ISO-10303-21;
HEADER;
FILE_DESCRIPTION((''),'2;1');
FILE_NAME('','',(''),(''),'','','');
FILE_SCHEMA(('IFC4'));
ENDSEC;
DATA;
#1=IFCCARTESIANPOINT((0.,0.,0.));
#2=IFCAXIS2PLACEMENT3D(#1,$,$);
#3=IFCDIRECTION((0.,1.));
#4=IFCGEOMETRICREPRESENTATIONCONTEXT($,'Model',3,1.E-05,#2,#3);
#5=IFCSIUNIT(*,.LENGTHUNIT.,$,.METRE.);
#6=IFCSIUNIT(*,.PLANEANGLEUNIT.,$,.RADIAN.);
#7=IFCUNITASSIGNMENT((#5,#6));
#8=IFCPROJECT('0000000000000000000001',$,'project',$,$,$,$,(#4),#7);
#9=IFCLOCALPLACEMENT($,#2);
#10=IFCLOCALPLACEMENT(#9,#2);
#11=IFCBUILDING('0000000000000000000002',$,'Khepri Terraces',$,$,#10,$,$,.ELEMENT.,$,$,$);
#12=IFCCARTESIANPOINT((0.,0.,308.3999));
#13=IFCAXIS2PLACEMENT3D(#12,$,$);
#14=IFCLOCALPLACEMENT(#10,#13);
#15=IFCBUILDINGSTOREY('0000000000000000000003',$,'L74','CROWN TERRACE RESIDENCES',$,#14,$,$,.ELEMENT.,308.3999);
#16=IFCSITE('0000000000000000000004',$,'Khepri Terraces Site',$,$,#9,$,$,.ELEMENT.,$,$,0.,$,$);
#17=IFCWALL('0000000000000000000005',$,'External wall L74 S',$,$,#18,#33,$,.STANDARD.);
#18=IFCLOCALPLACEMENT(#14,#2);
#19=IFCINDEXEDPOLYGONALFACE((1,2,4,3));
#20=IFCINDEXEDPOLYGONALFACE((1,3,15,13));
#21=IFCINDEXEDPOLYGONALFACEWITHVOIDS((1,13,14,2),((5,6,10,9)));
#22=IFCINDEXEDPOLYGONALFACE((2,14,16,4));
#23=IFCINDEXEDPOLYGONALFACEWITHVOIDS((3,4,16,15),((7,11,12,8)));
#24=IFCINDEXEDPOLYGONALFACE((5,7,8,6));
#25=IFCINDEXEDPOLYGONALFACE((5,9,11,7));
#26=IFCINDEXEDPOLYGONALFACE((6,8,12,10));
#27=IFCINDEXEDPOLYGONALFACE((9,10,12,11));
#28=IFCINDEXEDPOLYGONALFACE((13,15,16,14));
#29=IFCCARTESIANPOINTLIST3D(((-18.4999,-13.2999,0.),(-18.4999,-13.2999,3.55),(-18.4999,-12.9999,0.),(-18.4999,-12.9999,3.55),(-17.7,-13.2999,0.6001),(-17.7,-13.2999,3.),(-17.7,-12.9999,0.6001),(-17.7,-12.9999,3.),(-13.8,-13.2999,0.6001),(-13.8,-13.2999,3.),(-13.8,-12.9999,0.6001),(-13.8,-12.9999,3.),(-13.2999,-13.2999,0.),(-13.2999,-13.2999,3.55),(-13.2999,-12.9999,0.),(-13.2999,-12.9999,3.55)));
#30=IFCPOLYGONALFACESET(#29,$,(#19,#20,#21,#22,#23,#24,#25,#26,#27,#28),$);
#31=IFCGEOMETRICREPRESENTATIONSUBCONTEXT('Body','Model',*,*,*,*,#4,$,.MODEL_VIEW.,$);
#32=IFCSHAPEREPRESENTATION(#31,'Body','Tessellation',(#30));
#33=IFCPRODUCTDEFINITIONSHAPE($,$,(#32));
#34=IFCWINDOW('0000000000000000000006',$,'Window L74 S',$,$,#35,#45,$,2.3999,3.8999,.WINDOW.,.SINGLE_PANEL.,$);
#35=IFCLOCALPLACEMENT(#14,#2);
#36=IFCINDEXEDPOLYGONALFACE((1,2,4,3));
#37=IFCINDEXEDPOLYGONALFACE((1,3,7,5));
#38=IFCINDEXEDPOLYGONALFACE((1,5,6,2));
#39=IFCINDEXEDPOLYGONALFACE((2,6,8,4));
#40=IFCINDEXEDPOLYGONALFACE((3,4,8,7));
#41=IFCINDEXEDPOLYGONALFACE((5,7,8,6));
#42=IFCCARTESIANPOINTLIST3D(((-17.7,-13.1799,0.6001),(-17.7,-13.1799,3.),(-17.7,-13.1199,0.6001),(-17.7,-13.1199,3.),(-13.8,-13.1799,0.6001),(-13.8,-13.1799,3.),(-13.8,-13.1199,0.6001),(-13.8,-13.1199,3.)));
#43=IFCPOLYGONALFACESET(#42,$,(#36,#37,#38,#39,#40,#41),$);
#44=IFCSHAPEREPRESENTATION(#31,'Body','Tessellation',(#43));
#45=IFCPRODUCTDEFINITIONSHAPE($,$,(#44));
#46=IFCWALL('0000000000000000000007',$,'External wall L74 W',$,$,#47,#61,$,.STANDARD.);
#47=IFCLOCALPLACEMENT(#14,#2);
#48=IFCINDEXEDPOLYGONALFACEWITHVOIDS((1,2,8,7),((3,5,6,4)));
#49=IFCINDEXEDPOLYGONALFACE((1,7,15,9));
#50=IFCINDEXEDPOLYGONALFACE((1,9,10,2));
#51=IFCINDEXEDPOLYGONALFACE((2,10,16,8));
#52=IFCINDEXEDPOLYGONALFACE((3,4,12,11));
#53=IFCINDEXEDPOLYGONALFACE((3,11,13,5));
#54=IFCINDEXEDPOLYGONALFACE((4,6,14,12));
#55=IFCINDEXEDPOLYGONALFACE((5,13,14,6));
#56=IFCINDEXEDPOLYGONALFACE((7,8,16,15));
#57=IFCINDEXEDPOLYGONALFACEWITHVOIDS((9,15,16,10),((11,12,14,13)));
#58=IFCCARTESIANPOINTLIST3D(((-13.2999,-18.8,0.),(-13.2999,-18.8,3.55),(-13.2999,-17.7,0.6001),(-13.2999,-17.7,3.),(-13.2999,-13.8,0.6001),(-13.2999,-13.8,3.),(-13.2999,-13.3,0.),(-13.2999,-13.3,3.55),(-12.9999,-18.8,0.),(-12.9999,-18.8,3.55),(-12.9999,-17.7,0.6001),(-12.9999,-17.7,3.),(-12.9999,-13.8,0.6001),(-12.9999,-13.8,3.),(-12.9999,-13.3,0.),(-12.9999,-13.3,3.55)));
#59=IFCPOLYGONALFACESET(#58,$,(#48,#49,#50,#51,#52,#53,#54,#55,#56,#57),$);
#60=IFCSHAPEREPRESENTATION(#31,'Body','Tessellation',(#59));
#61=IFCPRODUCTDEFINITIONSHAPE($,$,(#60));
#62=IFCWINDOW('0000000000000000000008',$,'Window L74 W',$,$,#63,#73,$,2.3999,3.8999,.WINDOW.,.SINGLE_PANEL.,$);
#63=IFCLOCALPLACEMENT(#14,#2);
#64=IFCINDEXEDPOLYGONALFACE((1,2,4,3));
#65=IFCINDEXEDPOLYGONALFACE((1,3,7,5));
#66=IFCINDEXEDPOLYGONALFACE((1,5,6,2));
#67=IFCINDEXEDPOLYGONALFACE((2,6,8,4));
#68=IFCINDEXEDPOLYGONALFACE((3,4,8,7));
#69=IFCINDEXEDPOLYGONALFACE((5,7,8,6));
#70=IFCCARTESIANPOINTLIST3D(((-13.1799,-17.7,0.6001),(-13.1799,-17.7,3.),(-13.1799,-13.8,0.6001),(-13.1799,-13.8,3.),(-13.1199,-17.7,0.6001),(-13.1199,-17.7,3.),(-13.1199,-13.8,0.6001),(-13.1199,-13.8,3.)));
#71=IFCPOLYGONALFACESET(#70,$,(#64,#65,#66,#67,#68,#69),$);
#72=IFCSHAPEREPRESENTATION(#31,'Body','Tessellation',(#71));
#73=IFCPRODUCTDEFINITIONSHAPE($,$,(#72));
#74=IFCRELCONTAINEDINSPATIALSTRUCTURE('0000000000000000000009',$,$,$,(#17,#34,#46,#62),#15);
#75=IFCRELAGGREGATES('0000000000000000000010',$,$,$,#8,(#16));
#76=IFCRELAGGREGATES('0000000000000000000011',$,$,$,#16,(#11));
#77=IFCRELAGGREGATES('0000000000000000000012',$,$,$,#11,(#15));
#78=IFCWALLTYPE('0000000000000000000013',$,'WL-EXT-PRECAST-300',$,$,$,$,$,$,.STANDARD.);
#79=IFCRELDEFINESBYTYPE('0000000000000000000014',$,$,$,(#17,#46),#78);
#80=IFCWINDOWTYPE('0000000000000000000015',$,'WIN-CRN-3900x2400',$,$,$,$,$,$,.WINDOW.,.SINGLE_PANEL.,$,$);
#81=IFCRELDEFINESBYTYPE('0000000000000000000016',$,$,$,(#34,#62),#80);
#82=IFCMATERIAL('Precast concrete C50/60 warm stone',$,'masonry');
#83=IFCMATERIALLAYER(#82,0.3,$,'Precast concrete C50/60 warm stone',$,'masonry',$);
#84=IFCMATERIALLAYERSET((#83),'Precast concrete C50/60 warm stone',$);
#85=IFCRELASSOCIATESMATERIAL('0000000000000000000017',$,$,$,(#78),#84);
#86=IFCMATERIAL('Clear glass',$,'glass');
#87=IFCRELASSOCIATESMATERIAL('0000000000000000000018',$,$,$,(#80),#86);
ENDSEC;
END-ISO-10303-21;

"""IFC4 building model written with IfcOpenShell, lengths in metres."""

from ifc_helpers import new_model, si_unit, direction, frame, frame_2d, origin, place, context, subcontext, project, spatial, rectangle, extrude, material, layer, layer_set, type_object, element, fill, save


model = new_model("IFC4")

# Units and contexts
model_context = context("Model", 3, precision=1e-05, world=origin(), true_north=direction((0.0, 1.0)))
body_context = subcontext(model_context, "Body", "Model", "MODEL_VIEW")
ifc_project = project(units=[si_unit("LENGTHUNIT", "METRE"), si_unit("PLANEANGLEUNIT", "RADIAN")], contexts=[model_context])

# Site, building, storey
site_placement = place(None, origin())
site = spatial("IfcSite", under=ifc_project, at=site_placement, Name="Khepri Terraces Site", CompositionType="ELEMENT", RefElevation=0.0)
building_placement = place(site_placement, origin())
building = spatial("IfcBuilding", under=site, at=building_placement, Name="Khepri Terraces", CompositionType="ELEMENT")
storey_placement = place(building_placement, frame((0.0, 0.0, 308.3999)))
storey = spatial("IfcBuildingStorey", under=building, at=storey_placement, Name="L74", Description="CROWN TERRACE RESIDENCES", CompositionType="ELEMENT", Elevation=308.3999)

# Walls, openings, windows
ifc_material_1 = material(Name="Precast concrete C50/60 warm stone", Category="masonry")
ifc_layer_1 = layer(ifc_material_1, 0.3, Name="Precast concrete C50/60 warm stone", Category="masonry")
ifc_layer_set_1 = layer_set([ifc_layer_1], Name="Precast concrete C50/60 warm stone")
wall_type_1 = type_object("IfcWallType", Name="WL-EXT-PRECAST-300", PredefinedType="STANDARD", material=ifc_layer_set_1)
wall_1_placement = place(storey_placement, frame((-18.5, -13.1499, 0.0), z_axis=(0.0, 0.0, 1.0), x_axis=(1.0, 0.0, 0.0)))
wall_1 = element("IfcWall", 1, at=wall_1_placement, inside=storey, type_object=wall_type_1, Name="External wall L74 S", PredefinedType="STANDARD", context=body_context, shape_type="SweptSolid", body=[
    extrude(rectangle(XDim=5.2, YDim=0.3, at=frame_2d((2.6001, 0.0))), origin(), (0.0, 0.0, 1.0), 3.55),
])
opening_1_placement = place(wall_1_placement, frame((0.8, 0.0, 0.6001)))
opening_1 = element("IfcOpeningElement", 2, at=opening_1_placement, cuts=wall_1, PredefinedType="OPENING", context=body_context, shape_type="SweptSolid", body=[
    extrude(rectangle(XDim=3.8999, YDim=2.3999, at=frame_2d((1.95, 1.2))), frame((0.0, 0.1602, 0.0), z_axis=(0.0, -1.0, 0.0), x_axis=(1.0, 0.0, 0.0)), (0.0, 0.0, 1.0), 0.3201),
])
ifc_material_2 = material(Name="Clear glass", Category="glass")
window_type_1 = type_object("IfcWindowType", Name="WIN-CRN-3900x2400", PartitioningType="SINGLE_PANEL", PredefinedType="WINDOW", material=ifc_material_2)
window_1_placement = place(opening_1_placement, origin())
window_1 = element("IfcWindow", 3, at=window_1_placement, inside=storey, type_object=window_type_1, Name="Window L74 S", OverallHeight=2.3999, OverallWidth=3.8999, PartitioningType="SINGLE_PANEL", PredefinedType="WINDOW", context=body_context, shape_type="SweptSolid", body=[
    extrude(rectangle(XDim=3.8999, YDim=2.3999, at=frame_2d((1.95, 1.2))), frame((0.0, 0.03, 0.0), z_axis=(0.0, -1.0, 0.0), x_axis=(1.0, 0.0, 0.0)), (0.0, 0.0, 1.0), 0.0601),
])
fill(opening_1, window_1)
wall_2_placement = place(storey_placement, frame((-13.1499, -13.3, 0.0), z_axis=(0.0, 0.0, 1.0), x_axis=(0.0, -1.0, 0.0)))
wall_2 = element("IfcWall", 4, at=wall_2_placement, inside=storey, type_object=wall_type_1, Name="External wall L74 W", PredefinedType="STANDARD", context=body_context, shape_type="SweptSolid", body=[
    extrude(rectangle(XDim=5.5, YDim=0.3, at=frame_2d((2.75, 0.0))), origin(), (0.0, 0.0, 1.0), 3.55),
])
opening_2_placement = place(wall_2_placement, frame((0.5, 0.0, 0.6001)))
opening_2 = element("IfcOpeningElement", 5, at=opening_2_placement, cuts=wall_2, PredefinedType="OPENING", context=body_context, shape_type="SweptSolid", body=[
    extrude(rectangle(XDim=3.8999, YDim=2.3999, at=frame_2d((1.95, 1.2))), frame((0.0, 0.1602, 0.0), z_axis=(0.0, -1.0, 0.0), x_axis=(1.0, 0.0, 0.0)), (0.0, 0.0, 1.0), 0.3201),
])
window_2_placement = place(opening_2_placement, origin())
window_2 = element("IfcWindow", 6, at=window_2_placement, inside=storey, type_object=window_type_1, Name="Window L74 W", OverallHeight=2.3999, OverallWidth=3.8999, PartitioningType="SINGLE_PANEL", PredefinedType="WINDOW", context=body_context, shape_type="SweptSolid", body=[
    extrude(rectangle(XDim=3.8999, YDim=2.3999, at=frame_2d((1.95, 1.2))), frame((0.0, 0.03, 0.0), z_axis=(0.0, -1.0, 0.0), x_axis=(1.0, 0.0, 0.0)), (0.0, 0.0, 1.0), 0.0601),
])
fill(opening_2, window_2)

save(model, "model.ifc")
